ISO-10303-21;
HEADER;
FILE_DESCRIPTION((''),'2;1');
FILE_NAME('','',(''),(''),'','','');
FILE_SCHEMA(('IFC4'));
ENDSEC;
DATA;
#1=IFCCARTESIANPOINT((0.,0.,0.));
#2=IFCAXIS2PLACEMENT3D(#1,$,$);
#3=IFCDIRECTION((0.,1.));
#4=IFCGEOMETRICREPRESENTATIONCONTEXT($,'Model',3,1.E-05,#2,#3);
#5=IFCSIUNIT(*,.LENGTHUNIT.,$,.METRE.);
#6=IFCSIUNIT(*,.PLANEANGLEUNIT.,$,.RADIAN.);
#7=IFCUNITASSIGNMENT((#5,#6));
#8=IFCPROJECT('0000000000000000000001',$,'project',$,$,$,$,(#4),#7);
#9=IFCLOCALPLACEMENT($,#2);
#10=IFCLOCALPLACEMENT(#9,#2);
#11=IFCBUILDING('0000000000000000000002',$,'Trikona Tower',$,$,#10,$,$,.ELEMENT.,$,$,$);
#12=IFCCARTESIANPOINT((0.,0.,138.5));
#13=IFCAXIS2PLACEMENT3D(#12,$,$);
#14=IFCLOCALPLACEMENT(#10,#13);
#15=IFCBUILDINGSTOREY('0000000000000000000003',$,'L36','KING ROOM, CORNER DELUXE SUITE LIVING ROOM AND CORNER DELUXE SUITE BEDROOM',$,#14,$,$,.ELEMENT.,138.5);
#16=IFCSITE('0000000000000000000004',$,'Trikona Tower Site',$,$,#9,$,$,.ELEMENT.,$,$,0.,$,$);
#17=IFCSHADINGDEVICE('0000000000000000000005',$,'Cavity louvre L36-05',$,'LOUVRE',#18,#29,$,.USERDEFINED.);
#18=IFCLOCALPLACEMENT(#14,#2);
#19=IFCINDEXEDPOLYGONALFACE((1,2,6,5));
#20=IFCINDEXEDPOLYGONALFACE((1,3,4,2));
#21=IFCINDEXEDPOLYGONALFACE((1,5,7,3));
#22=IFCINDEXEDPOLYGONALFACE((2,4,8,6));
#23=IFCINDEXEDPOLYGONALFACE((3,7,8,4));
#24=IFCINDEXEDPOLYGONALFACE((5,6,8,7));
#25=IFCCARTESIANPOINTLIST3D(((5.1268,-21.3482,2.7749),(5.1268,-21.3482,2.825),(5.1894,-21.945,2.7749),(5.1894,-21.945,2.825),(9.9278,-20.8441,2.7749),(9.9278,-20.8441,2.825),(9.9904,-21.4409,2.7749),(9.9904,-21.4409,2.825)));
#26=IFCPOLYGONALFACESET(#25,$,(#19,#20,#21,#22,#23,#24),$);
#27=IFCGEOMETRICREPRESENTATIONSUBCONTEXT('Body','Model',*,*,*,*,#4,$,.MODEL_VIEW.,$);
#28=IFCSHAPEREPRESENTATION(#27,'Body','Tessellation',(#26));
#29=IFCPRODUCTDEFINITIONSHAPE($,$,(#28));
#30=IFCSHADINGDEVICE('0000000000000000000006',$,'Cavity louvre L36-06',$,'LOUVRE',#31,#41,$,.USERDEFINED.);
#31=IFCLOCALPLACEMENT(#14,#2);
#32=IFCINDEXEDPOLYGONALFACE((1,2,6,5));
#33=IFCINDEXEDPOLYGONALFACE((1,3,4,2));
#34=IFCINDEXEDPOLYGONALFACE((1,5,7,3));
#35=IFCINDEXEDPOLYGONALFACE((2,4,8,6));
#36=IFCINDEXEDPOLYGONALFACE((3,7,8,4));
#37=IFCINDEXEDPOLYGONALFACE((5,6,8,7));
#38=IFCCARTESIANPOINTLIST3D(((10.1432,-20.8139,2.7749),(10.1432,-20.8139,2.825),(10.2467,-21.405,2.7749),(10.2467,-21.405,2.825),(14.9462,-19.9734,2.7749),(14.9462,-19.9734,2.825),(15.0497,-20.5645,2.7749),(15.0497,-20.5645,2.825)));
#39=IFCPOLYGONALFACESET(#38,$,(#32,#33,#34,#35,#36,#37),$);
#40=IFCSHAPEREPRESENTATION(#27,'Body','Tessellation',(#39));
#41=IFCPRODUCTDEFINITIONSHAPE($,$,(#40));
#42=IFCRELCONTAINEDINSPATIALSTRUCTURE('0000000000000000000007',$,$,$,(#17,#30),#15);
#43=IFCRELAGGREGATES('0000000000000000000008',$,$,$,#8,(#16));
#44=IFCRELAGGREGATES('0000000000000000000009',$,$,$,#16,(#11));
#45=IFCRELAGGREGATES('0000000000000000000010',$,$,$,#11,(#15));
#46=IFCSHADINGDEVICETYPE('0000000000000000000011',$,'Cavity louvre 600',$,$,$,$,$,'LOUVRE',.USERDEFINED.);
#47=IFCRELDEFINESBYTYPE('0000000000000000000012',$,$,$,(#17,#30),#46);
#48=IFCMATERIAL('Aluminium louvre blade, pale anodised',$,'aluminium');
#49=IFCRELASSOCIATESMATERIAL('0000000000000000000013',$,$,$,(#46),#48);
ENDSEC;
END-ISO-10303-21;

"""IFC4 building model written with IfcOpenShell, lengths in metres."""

from ifc_helpers import new_model, si_unit, direction, frame, origin, origin_2d, place, context, subcontext, project, spatial, rectangle, extrude, material, type_object, element, save


model = new_model("IFC4")

# Units and contexts
model_context = context("Model", 3, precision=1e-05, world=origin(), true_north=direction((0.0, 1.0)))
body_context = subcontext(model_context, "Body", "Model", "MODEL_VIEW")
ifc_project = project(units=[si_unit("LENGTHUNIT", "METRE"), si_unit("PLANEANGLEUNIT", "RADIAN")], contexts=[model_context])

# Site, building, storey
site_placement = place(None, origin())
site = spatial("IfcSite", under=ifc_project, at=site_placement, Name="Trikona Tower Site", CompositionType="ELEMENT", RefElevation=0.0)
building_placement = place(site_placement, origin())
building = spatial("IfcBuilding", under=site, at=building_placement, Name="Trikona Tower", CompositionType="ELEMENT")
storey_placement = place(building_placement, frame((0.0, 0.0, 138.5)))
storey = spatial("IfcBuildingStorey", under=building, at=storey_placement, Name="L36", Description="KING ROOM, CORNER DELUXE SUITE LIVING ROOM AND CORNER DELUXE SUITE BEDROOM", CompositionType="ELEMENT", Elevation=138.5)

# Shading devices
ifc_material_1 = material(Name="Aluminium louvre blade, pale anodised", Category="aluminium")
shading_device_type = type_object("IfcShadingDeviceType", Name="Cavity louvre 600", ElementType="LOUVRE", PredefinedType="USERDEFINED", material=ifc_material_1)
shading_device_1_placement = place(storey_placement, frame((7.5586, -21.3945, 2.7749), z_axis=(0.0, 0.0, 1.0), x_axis=(0.994533, 0.104426, 0.0)))
element("IfcShadingDevice", 1, at=shading_device_1_placement, inside=storey, type_object=shading_device_type, Name="Cavity louvre L36-05", ObjectType="LOUVRE", PredefinedType="USERDEFINED", context=body_context, shape_type="SweptSolid", body=[
    extrude(rectangle(XDim=4.8274, YDim=0.6001, at=origin_2d()), origin(), (0.0, 0.0, 1.0), 0.05),
])
shading_device_2_placement = place(storey_placement, frame((12.5964, -20.6892, 2.7749), z_axis=(0.0, 0.0, 1.0), x_axis=(0.985031, 0.17238, 0.0)))
element("IfcShadingDevice", 2, at=shading_device_2_placement, inside=storey, type_object=shading_device_type, Name="Cavity louvre L36-06", ObjectType="LOUVRE", PredefinedType="USERDEFINED", context=body_context, shape_type="SweptSolid", body=[
    extrude(rectangle(XDim=4.876, YDim=0.6001, at=origin_2d()), origin(), (0.0, 0.0, 1.0), 0.05),
])

save(model, "model.ifc")
